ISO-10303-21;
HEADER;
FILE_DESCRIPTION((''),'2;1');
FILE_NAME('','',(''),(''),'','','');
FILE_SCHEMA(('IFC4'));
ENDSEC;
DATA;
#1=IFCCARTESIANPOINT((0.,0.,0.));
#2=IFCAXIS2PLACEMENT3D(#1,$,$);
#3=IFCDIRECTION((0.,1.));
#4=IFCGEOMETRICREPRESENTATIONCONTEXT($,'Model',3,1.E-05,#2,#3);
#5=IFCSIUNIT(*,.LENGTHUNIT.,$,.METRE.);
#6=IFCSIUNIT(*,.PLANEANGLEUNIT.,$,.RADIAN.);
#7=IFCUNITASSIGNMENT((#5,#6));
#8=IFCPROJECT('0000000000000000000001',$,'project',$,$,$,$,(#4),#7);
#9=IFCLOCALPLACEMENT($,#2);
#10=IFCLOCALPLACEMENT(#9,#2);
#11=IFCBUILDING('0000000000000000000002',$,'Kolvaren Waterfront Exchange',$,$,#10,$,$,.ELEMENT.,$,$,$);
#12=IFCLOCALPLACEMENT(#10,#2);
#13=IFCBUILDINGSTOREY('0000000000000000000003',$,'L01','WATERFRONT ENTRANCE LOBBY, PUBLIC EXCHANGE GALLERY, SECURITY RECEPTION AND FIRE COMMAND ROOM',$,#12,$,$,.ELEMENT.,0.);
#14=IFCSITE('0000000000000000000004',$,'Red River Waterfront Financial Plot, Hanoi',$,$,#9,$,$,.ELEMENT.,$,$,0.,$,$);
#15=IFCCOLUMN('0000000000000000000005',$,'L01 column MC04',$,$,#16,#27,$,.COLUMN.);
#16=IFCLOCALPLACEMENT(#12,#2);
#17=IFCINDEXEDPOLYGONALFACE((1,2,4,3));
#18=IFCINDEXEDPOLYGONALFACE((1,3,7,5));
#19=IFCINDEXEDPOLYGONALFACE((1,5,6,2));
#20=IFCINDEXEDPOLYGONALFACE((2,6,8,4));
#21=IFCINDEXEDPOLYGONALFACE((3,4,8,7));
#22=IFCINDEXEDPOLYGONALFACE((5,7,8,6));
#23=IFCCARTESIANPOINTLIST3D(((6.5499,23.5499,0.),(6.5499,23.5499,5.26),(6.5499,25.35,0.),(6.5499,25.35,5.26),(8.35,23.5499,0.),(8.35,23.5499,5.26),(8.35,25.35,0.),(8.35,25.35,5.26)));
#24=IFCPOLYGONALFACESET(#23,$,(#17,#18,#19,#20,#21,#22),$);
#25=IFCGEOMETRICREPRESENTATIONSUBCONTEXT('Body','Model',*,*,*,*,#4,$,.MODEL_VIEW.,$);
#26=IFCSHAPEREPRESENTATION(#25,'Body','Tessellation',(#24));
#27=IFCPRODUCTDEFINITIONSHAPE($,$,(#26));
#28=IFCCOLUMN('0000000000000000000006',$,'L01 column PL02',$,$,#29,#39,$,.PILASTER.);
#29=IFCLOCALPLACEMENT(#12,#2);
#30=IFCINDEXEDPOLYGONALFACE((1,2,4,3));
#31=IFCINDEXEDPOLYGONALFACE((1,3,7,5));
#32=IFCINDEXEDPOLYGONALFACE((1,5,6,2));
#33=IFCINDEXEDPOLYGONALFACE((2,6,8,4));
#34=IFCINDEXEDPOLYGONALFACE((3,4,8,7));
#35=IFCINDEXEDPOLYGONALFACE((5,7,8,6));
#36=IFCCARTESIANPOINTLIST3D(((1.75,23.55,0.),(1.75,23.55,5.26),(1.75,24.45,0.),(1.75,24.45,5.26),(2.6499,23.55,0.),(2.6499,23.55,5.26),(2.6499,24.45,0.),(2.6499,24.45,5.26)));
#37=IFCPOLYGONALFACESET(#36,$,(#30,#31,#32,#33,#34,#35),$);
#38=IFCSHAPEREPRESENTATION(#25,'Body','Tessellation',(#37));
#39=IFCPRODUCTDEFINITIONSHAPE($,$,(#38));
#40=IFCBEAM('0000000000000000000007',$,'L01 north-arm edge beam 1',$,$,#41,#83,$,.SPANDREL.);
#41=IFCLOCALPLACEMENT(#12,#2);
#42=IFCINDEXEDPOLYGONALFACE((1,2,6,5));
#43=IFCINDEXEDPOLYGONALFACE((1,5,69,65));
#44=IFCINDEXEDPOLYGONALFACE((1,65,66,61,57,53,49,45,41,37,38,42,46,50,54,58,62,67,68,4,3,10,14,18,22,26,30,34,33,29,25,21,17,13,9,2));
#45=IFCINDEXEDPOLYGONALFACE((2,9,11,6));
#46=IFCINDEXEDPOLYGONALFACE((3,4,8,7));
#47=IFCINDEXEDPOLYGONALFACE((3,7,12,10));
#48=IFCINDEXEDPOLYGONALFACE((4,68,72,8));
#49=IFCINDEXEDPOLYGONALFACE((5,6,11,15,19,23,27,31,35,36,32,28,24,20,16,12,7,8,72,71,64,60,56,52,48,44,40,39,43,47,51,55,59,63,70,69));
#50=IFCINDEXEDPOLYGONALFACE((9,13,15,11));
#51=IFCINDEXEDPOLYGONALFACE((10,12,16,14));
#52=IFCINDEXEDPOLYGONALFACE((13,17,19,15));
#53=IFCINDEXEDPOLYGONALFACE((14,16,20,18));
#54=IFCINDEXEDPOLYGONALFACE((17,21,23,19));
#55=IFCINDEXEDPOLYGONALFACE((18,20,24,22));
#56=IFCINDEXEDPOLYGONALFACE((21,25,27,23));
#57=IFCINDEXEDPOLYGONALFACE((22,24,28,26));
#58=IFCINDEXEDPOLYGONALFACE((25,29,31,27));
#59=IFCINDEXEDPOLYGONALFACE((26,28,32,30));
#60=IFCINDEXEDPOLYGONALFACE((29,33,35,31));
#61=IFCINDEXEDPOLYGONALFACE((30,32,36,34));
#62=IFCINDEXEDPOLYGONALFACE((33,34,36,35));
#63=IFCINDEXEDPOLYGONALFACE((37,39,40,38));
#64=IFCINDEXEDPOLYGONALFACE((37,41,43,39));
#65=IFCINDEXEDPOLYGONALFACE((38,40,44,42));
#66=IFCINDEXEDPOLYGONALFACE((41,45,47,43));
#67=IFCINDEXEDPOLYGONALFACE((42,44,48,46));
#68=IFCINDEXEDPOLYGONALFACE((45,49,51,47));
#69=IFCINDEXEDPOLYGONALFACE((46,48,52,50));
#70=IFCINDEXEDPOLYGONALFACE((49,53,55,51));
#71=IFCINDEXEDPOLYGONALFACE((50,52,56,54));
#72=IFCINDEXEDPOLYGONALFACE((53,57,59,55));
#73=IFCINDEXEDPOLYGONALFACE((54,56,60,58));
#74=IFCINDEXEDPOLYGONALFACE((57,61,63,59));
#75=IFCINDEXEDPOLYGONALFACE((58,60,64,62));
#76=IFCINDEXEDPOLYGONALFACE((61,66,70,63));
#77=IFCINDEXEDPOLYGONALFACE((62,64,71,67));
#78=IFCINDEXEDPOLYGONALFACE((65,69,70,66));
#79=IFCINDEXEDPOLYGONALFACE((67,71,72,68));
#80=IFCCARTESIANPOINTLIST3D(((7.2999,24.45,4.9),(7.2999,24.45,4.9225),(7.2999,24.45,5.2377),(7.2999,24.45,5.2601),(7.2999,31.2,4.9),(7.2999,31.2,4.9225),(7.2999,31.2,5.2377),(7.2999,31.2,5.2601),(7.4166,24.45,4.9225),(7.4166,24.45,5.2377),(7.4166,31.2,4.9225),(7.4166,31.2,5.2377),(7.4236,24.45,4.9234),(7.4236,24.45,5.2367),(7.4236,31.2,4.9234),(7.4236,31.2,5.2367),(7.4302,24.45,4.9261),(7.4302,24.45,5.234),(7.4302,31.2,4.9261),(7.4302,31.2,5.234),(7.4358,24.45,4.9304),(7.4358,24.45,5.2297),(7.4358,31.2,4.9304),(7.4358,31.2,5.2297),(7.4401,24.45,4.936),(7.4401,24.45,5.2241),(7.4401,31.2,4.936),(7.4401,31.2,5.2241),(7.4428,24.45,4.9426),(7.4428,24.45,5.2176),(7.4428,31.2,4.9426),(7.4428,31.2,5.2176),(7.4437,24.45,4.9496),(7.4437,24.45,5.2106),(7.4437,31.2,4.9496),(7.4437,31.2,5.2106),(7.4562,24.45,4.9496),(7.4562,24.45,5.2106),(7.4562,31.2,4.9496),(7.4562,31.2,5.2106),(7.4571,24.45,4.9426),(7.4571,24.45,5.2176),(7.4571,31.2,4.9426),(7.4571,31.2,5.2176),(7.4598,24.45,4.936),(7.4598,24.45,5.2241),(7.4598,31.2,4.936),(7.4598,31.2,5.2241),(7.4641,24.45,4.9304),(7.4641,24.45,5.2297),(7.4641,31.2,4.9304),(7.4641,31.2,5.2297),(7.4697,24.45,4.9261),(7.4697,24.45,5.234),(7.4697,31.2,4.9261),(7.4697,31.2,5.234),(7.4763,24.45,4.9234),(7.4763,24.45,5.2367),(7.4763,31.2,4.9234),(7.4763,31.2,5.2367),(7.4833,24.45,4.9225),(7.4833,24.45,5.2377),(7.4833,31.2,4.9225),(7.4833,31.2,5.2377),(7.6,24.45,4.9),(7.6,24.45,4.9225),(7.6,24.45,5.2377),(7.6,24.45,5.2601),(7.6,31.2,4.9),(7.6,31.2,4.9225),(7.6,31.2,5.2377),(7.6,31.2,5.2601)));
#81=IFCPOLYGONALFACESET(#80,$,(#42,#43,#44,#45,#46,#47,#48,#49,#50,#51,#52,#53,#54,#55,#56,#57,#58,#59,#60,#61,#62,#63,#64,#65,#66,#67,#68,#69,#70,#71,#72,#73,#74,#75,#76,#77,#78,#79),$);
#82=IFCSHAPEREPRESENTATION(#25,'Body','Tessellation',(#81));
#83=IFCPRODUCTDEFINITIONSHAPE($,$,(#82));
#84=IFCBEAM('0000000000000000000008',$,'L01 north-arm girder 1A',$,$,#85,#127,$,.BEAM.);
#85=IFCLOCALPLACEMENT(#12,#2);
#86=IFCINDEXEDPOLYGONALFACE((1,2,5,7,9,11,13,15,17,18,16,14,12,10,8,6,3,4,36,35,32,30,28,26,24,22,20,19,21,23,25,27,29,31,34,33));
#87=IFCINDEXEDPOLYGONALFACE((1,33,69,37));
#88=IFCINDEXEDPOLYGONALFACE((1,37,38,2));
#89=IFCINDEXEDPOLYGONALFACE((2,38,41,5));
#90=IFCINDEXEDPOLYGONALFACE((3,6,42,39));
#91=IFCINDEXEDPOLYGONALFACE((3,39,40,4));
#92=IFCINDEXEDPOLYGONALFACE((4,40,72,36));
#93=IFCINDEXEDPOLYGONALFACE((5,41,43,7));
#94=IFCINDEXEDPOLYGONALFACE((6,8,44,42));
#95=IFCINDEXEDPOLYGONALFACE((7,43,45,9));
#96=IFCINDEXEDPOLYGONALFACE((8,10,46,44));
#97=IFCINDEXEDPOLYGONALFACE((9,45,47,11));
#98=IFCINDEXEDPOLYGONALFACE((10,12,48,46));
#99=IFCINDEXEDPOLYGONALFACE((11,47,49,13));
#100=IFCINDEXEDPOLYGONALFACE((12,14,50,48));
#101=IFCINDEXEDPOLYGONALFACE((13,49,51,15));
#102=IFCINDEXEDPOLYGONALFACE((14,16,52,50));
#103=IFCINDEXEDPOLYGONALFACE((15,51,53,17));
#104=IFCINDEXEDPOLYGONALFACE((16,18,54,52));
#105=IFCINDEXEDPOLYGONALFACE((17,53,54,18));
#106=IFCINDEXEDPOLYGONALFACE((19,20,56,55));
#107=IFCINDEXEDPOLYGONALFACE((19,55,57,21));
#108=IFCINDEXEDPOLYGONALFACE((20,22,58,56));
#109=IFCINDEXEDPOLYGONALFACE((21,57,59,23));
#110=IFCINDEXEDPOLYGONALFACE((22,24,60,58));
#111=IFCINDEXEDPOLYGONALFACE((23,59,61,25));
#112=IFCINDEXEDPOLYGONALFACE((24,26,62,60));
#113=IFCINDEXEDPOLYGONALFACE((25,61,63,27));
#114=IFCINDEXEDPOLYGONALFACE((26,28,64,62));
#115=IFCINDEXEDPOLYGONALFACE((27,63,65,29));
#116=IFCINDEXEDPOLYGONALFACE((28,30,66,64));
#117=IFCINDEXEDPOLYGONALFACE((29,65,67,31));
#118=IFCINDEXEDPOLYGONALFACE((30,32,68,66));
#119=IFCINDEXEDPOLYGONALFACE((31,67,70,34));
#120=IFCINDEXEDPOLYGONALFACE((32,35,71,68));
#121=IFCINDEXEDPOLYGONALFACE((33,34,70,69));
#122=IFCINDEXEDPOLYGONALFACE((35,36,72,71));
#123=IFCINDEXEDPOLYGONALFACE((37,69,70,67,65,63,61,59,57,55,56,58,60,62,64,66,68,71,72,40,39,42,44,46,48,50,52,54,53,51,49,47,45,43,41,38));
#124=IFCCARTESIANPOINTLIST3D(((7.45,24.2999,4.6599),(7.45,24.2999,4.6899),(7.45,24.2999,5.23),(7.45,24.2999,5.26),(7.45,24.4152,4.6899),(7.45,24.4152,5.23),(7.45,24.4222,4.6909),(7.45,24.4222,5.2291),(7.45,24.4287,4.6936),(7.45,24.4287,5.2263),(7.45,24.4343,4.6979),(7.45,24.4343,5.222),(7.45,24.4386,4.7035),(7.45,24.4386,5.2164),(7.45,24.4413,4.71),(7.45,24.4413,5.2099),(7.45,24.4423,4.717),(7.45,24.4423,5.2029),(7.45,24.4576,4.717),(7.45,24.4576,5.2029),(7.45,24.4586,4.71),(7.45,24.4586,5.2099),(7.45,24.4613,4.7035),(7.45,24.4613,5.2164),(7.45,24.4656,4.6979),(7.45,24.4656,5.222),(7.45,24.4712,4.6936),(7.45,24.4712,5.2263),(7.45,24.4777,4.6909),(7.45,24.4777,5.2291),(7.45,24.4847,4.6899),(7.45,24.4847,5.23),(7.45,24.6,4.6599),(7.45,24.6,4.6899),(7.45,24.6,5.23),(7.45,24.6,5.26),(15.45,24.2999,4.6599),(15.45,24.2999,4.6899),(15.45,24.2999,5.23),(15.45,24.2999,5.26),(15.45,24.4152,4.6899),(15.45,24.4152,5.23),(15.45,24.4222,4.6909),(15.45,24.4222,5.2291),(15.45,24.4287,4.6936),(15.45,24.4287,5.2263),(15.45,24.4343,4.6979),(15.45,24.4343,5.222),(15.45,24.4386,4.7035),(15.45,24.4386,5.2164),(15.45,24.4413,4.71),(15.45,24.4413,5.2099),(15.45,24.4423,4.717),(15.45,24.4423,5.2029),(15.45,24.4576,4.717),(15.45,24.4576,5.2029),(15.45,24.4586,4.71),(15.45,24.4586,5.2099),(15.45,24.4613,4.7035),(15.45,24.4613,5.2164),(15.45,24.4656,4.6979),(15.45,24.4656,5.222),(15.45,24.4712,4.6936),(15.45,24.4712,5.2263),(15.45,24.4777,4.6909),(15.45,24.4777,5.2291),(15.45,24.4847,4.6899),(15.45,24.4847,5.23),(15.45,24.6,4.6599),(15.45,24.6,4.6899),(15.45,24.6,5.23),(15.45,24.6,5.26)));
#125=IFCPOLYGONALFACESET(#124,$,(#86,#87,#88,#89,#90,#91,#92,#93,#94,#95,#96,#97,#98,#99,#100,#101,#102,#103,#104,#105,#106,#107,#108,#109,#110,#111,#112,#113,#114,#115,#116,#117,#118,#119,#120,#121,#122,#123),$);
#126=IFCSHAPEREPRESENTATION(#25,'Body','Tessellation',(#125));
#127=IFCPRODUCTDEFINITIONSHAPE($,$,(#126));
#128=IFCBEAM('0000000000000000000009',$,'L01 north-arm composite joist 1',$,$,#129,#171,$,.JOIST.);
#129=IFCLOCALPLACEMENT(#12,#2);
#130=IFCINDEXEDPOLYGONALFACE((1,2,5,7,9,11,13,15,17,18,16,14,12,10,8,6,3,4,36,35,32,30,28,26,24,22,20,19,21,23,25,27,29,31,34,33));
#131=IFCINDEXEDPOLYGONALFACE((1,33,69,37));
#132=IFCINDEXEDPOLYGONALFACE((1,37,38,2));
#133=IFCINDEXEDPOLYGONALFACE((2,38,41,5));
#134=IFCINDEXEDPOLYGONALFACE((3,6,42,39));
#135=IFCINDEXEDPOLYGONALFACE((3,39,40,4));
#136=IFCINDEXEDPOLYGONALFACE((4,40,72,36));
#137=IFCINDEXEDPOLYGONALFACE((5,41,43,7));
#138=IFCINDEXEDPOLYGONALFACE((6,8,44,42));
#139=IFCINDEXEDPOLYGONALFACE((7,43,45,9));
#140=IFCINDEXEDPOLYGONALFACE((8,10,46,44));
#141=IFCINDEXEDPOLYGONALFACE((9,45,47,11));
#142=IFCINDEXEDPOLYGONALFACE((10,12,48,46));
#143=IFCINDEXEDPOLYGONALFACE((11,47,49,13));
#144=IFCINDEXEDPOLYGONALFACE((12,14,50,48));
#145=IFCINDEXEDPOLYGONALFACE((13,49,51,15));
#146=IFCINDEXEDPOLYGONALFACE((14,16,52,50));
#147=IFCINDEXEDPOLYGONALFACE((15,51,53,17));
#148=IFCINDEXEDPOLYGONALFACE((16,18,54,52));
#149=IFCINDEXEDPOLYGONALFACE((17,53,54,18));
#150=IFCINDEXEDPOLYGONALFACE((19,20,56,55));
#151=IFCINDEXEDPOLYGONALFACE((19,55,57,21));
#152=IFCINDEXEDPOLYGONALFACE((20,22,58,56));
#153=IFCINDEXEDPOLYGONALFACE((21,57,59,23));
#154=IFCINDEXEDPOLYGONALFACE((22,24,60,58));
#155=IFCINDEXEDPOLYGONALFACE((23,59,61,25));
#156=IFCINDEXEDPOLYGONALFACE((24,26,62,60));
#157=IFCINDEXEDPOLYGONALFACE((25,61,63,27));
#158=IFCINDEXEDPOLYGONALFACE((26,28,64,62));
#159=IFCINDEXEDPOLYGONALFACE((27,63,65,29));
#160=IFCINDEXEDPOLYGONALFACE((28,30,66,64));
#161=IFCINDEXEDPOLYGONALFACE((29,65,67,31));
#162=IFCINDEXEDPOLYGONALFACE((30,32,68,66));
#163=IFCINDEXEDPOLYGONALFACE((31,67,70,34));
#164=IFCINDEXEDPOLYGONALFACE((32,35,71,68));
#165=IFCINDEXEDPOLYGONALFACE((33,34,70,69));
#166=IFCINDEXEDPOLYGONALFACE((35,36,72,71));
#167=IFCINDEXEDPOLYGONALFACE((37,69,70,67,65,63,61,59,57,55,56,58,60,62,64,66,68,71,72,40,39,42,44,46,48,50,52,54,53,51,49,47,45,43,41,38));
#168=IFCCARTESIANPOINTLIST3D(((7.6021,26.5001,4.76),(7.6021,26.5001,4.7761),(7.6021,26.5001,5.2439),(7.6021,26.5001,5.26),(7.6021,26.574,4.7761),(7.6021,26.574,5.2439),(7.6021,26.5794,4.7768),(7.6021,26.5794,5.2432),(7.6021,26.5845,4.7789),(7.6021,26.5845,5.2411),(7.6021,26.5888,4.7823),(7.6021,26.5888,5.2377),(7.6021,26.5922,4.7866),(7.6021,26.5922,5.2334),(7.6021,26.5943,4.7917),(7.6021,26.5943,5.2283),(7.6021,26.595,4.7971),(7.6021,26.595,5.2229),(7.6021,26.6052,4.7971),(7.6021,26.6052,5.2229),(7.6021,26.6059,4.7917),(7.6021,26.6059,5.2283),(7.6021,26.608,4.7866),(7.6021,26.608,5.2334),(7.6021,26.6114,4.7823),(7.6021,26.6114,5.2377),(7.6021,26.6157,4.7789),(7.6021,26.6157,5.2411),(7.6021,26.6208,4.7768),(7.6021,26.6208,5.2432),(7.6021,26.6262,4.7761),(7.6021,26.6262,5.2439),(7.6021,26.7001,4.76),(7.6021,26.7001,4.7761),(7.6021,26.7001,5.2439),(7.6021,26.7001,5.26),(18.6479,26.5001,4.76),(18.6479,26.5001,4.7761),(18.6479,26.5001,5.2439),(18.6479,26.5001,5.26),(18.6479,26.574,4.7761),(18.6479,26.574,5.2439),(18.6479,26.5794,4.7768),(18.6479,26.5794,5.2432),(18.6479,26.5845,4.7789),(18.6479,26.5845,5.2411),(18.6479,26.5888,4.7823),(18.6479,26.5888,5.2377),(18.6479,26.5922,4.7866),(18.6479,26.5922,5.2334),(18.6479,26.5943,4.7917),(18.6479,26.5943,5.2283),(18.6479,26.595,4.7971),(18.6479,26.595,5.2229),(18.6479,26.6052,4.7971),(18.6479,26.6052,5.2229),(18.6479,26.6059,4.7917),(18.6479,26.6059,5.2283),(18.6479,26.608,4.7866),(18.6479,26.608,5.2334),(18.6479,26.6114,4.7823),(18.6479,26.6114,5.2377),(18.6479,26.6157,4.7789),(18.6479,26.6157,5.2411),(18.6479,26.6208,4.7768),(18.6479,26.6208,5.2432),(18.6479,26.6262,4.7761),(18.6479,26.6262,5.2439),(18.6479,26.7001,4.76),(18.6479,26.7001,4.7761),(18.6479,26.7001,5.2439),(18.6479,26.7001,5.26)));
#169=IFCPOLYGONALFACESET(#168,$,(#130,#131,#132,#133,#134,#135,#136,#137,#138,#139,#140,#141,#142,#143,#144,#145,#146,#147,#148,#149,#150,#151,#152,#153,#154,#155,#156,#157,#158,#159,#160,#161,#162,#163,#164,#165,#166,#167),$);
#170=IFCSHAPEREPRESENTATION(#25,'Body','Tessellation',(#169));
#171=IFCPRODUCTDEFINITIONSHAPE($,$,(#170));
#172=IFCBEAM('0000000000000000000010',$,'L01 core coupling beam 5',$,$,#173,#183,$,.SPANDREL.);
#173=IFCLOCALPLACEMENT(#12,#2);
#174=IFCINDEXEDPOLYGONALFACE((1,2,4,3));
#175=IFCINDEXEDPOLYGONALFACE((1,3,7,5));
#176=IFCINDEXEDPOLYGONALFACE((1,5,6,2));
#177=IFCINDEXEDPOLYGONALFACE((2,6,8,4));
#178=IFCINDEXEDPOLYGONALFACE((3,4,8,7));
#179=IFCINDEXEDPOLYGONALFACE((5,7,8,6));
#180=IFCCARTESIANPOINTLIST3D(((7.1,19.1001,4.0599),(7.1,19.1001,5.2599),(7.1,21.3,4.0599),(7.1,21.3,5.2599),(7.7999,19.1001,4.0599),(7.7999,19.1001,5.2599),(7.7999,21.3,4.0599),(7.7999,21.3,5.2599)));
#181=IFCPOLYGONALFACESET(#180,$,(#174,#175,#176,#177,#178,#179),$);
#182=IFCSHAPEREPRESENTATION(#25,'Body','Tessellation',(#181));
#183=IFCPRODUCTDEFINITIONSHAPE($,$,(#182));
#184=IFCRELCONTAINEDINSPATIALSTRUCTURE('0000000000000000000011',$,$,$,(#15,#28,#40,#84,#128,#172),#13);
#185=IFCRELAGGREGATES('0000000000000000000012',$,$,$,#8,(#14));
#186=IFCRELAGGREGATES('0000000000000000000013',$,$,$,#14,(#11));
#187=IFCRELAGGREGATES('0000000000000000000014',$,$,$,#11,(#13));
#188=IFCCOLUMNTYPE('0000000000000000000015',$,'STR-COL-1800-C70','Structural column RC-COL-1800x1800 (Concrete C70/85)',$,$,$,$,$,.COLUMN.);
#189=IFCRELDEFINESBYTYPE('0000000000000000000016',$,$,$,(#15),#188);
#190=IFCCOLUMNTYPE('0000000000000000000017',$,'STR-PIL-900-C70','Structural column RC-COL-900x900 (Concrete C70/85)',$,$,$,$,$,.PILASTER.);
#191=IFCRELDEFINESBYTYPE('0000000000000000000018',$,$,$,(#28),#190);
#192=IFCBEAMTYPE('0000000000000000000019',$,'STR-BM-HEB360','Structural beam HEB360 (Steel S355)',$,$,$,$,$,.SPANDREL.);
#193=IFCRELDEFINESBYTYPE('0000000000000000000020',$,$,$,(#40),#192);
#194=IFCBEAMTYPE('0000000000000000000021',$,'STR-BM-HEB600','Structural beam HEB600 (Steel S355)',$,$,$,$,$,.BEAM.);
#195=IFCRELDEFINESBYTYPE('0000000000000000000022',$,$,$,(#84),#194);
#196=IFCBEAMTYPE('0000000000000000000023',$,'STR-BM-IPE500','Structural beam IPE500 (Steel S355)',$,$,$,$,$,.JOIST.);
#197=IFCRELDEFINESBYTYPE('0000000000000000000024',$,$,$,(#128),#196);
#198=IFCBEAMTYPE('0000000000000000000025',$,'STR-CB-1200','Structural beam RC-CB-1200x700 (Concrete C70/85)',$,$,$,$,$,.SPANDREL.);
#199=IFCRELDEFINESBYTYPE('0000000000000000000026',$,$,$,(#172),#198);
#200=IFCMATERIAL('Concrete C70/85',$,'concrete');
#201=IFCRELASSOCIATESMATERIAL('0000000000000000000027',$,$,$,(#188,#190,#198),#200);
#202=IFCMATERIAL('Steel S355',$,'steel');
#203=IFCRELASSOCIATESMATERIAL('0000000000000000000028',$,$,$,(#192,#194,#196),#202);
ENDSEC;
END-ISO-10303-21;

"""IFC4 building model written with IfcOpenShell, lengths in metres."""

from ifc_helpers import new_model, si_unit, direction, frame, origin, origin_2d, place, context, subcontext, project, spatial, rectangle, i_section, extrude, material, material_profile, profile_set, type_object, element, save


model = new_model("IFC4")

# Units and contexts
model_context = context("Model", 3, precision=1e-05, world=origin(), true_north=direction((0.0, 1.0)))
body_context = subcontext(model_context, "Body", "Model", "MODEL_VIEW")
ifc_project = project(units=[si_unit("LENGTHUNIT", "METRE"), si_unit("PLANEANGLEUNIT", "RADIAN")], contexts=[model_context])

# Site, building, storey
site_placement = place(None, origin())
site = spatial("IfcSite", under=ifc_project, at=site_placement, Name="Red River Waterfront Financial Plot, Hanoi", CompositionType="ELEMENT", RefElevation=0.0)
building_placement = place(site_placement, origin())
building = spatial("IfcBuilding", under=site, at=building_placement, Name="Kolvaren Waterfront Exchange", CompositionType="ELEMENT")
storey_placement = place(building_placement, origin())
storey = spatial("IfcBuildingStorey", under=building, at=storey_placement, Name="L01", Description="WATERFRONT ENTRANCE LOBBY, PUBLIC EXCHANGE GALLERY, SECURITY RECEPTION AND FIRE COMMAND ROOM", CompositionType="ELEMENT", Elevation=0.0)

# Columns
ifc_material_1 = material(Name="Concrete C70/85", Category="concrete")
ifc_material_profile_1 = material_profile(ifc_material_1, rectangle(XDim=1.8, YDim=1.8, at=origin_2d()), Name="RC-COL-1800x1800")
ifc_profile_set_1 = profile_set([ifc_material_profile_1], Name="Concrete C70/85")
column_type_1 = type_object("IfcColumnType", Name="STR-COL-1800-C70", Description="Structural column RC-COL-1800x1800 (Concrete C70/85)", PredefinedType="COLUMN", material=ifc_profile_set_1)
column_1_placement = place(storey_placement, frame((7.45, 24.45, 0.0), z_axis=(0.0, 0.0, 1.0), x_axis=(1.0, 0.0, 0.0)))
element("IfcColumn", 1, at=column_1_placement, inside=storey, type_object=column_type_1, Name="L01 column MC04", PredefinedType="COLUMN", context=body_context, shape_type="SweptSolid", body=[
    extrude(rectangle(XDim=1.8, YDim=1.8, at=origin_2d()), origin(), (0.0, 0.0, 1.0), 5.26),
])
ifc_material_profile_2 = material_profile(ifc_material_1, rectangle(XDim=0.8999, YDim=0.8999, at=origin_2d()), Name="RC-COL-900x900")
ifc_profile_set_2 = profile_set([ifc_material_profile_2], Name="Concrete C70/85")
column_type_2 = type_object("IfcColumnType", Name="STR-PIL-900-C70", Description="Structural column RC-COL-900x900 (Concrete C70/85)", PredefinedType="PILASTER", material=ifc_profile_set_2)
column_2_placement = place(storey_placement, frame((2.2, 24.0, 0.0), z_axis=(0.0, 0.0, 1.0), x_axis=(1.0, 0.0, 0.0)))
element("IfcColumn", 2, at=column_2_placement, inside=storey, type_object=column_type_2, Name="L01 column PL02", PredefinedType="PILASTER", context=body_context, shape_type="SweptSolid", body=[
    extrude(rectangle(XDim=0.8999, YDim=0.8999, at=origin_2d()), origin(), (0.0, 0.0, 1.0), 5.26),
])

# Beams
ifc_material_2 = material(Name="Steel S355", Category="steel")
ifc_material_profile_3 = material_profile(ifc_material_2, i_section(OverallWidth=0.3, OverallDepth=0.3601, WebThickness=0.0125, FlangeThickness=0.0225, FilletRadius=0.0271, at=origin_2d()), Name="HEB360")
ifc_profile_set_3 = profile_set([ifc_material_profile_3], Name="Steel S355")
beam_type_1 = type_object("IfcBeamType", Name="STR-BM-HEB360", Description="Structural beam HEB360 (Steel S355)", PredefinedType="SPANDREL", material=ifc_profile_set_3)
beam_1_placement = place(storey_placement, frame((7.45, 24.45, 5.0801), z_axis=(0.0, 1.0, 0.0), x_axis=(-1.0, 0.0, 0.0)))
element("IfcBeam", 3, at=beam_1_placement, inside=storey, type_object=beam_type_1, Name="L01 north-arm edge beam 1", PredefinedType="SPANDREL", context=body_context, shape_type="SweptSolid", body=[
    extrude(i_section(OverallWidth=0.3, OverallDepth=0.3601, WebThickness=0.0125, FlangeThickness=0.0225, FilletRadius=0.0271, at=origin_2d()), origin(), (0.0, 0.0, 1.0), 6.75),
])
ifc_material_profile_4 = material_profile(ifc_material_2, i_section(OverallWidth=0.3, OverallDepth=0.6001, WebThickness=0.0154, FlangeThickness=0.03, FilletRadius=0.0271, at=origin_2d()), Name="HEB600")
ifc_profile_set_4 = profile_set([ifc_material_profile_4], Name="Steel S355")
beam_type_2 = type_object("IfcBeamType", Name="STR-BM-HEB600", Description="Structural beam HEB600 (Steel S355)", PredefinedType="BEAM", material=ifc_profile_set_4)
beam_2_placement = place(storey_placement, frame((7.45, 24.45, 4.96), z_axis=(1.0, 0.0, 0.0), x_axis=(0.0, 1.0, 0.0)))
element("IfcBeam", 4, at=beam_2_placement, inside=storey, type_object=beam_type_2, Name="L01 north-arm girder 1A", PredefinedType="BEAM", context=body_context, shape_type="SweptSolid", body=[
    extrude(i_section(OverallWidth=0.3, OverallDepth=0.6001, WebThickness=0.0154, FlangeThickness=0.03, FilletRadius=0.0271, at=origin_2d()), origin(), (0.0, 0.0, 1.0), 8.0),
])
ifc_material_profile_5 = material_profile(ifc_material_2, i_section(OverallWidth=0.2, OverallDepth=0.5, WebThickness=0.0103, FlangeThickness=0.0161, FilletRadius=0.021, at=origin_2d()), Name="IPE500")
ifc_profile_set_5 = profile_set([ifc_material_profile_5], Name="Steel S355")
beam_type_3 = type_object("IfcBeamType", Name="STR-BM-IPE500", Description="Structural beam IPE500 (Steel S355)", PredefinedType="JOIST", material=ifc_profile_set_5)
beam_3_placement = place(storey_placement, frame((7.6021, 26.6001, 5.01), z_axis=(1.0, 0.0, 0.0), x_axis=(0.0, 1.0, 0.0)))
element("IfcBeam", 5, at=beam_3_placement, inside=storey, type_object=beam_type_3, Name="L01 north-arm composite joist 1", PredefinedType="JOIST", context=body_context, shape_type="SweptSolid", body=[
    extrude(i_section(OverallWidth=0.2, OverallDepth=0.5, WebThickness=0.0103, FlangeThickness=0.0161, FilletRadius=0.021, at=origin_2d()), origin(), (0.0, 0.0, 1.0), 11.0459),
])
ifc_material_profile_6 = material_profile(ifc_material_1, rectangle(XDim=0.7, YDim=1.2, at=origin_2d()), Name="RC-CB-1200x700")
ifc_profile_set_6 = profile_set([ifc_material_profile_6], Name="Concrete C70/85")
beam_type_4 = type_object("IfcBeamType", Name="STR-CB-1200", Description="Structural beam RC-CB-1200x700 (Concrete C70/85)", PredefinedType="SPANDREL", material=ifc_profile_set_6)
beam_4_placement = place(storey_placement, frame((7.45, 19.1001, 4.6599), z_axis=(0.0, 1.0, 0.0), x_axis=(-1.0, 0.0, 0.0)))
element("IfcBeam", 6, at=beam_4_placement, inside=storey, type_object=beam_type_4, Name="L01 core coupling beam 5", PredefinedType="SPANDREL", context=body_context, shape_type="SweptSolid", body=[
    extrude(rectangle(XDim=0.7, YDim=1.2, at=origin_2d()), origin(), (0.0, 0.0, 1.0), 2.2),
])

save(model, "model.ifc")
